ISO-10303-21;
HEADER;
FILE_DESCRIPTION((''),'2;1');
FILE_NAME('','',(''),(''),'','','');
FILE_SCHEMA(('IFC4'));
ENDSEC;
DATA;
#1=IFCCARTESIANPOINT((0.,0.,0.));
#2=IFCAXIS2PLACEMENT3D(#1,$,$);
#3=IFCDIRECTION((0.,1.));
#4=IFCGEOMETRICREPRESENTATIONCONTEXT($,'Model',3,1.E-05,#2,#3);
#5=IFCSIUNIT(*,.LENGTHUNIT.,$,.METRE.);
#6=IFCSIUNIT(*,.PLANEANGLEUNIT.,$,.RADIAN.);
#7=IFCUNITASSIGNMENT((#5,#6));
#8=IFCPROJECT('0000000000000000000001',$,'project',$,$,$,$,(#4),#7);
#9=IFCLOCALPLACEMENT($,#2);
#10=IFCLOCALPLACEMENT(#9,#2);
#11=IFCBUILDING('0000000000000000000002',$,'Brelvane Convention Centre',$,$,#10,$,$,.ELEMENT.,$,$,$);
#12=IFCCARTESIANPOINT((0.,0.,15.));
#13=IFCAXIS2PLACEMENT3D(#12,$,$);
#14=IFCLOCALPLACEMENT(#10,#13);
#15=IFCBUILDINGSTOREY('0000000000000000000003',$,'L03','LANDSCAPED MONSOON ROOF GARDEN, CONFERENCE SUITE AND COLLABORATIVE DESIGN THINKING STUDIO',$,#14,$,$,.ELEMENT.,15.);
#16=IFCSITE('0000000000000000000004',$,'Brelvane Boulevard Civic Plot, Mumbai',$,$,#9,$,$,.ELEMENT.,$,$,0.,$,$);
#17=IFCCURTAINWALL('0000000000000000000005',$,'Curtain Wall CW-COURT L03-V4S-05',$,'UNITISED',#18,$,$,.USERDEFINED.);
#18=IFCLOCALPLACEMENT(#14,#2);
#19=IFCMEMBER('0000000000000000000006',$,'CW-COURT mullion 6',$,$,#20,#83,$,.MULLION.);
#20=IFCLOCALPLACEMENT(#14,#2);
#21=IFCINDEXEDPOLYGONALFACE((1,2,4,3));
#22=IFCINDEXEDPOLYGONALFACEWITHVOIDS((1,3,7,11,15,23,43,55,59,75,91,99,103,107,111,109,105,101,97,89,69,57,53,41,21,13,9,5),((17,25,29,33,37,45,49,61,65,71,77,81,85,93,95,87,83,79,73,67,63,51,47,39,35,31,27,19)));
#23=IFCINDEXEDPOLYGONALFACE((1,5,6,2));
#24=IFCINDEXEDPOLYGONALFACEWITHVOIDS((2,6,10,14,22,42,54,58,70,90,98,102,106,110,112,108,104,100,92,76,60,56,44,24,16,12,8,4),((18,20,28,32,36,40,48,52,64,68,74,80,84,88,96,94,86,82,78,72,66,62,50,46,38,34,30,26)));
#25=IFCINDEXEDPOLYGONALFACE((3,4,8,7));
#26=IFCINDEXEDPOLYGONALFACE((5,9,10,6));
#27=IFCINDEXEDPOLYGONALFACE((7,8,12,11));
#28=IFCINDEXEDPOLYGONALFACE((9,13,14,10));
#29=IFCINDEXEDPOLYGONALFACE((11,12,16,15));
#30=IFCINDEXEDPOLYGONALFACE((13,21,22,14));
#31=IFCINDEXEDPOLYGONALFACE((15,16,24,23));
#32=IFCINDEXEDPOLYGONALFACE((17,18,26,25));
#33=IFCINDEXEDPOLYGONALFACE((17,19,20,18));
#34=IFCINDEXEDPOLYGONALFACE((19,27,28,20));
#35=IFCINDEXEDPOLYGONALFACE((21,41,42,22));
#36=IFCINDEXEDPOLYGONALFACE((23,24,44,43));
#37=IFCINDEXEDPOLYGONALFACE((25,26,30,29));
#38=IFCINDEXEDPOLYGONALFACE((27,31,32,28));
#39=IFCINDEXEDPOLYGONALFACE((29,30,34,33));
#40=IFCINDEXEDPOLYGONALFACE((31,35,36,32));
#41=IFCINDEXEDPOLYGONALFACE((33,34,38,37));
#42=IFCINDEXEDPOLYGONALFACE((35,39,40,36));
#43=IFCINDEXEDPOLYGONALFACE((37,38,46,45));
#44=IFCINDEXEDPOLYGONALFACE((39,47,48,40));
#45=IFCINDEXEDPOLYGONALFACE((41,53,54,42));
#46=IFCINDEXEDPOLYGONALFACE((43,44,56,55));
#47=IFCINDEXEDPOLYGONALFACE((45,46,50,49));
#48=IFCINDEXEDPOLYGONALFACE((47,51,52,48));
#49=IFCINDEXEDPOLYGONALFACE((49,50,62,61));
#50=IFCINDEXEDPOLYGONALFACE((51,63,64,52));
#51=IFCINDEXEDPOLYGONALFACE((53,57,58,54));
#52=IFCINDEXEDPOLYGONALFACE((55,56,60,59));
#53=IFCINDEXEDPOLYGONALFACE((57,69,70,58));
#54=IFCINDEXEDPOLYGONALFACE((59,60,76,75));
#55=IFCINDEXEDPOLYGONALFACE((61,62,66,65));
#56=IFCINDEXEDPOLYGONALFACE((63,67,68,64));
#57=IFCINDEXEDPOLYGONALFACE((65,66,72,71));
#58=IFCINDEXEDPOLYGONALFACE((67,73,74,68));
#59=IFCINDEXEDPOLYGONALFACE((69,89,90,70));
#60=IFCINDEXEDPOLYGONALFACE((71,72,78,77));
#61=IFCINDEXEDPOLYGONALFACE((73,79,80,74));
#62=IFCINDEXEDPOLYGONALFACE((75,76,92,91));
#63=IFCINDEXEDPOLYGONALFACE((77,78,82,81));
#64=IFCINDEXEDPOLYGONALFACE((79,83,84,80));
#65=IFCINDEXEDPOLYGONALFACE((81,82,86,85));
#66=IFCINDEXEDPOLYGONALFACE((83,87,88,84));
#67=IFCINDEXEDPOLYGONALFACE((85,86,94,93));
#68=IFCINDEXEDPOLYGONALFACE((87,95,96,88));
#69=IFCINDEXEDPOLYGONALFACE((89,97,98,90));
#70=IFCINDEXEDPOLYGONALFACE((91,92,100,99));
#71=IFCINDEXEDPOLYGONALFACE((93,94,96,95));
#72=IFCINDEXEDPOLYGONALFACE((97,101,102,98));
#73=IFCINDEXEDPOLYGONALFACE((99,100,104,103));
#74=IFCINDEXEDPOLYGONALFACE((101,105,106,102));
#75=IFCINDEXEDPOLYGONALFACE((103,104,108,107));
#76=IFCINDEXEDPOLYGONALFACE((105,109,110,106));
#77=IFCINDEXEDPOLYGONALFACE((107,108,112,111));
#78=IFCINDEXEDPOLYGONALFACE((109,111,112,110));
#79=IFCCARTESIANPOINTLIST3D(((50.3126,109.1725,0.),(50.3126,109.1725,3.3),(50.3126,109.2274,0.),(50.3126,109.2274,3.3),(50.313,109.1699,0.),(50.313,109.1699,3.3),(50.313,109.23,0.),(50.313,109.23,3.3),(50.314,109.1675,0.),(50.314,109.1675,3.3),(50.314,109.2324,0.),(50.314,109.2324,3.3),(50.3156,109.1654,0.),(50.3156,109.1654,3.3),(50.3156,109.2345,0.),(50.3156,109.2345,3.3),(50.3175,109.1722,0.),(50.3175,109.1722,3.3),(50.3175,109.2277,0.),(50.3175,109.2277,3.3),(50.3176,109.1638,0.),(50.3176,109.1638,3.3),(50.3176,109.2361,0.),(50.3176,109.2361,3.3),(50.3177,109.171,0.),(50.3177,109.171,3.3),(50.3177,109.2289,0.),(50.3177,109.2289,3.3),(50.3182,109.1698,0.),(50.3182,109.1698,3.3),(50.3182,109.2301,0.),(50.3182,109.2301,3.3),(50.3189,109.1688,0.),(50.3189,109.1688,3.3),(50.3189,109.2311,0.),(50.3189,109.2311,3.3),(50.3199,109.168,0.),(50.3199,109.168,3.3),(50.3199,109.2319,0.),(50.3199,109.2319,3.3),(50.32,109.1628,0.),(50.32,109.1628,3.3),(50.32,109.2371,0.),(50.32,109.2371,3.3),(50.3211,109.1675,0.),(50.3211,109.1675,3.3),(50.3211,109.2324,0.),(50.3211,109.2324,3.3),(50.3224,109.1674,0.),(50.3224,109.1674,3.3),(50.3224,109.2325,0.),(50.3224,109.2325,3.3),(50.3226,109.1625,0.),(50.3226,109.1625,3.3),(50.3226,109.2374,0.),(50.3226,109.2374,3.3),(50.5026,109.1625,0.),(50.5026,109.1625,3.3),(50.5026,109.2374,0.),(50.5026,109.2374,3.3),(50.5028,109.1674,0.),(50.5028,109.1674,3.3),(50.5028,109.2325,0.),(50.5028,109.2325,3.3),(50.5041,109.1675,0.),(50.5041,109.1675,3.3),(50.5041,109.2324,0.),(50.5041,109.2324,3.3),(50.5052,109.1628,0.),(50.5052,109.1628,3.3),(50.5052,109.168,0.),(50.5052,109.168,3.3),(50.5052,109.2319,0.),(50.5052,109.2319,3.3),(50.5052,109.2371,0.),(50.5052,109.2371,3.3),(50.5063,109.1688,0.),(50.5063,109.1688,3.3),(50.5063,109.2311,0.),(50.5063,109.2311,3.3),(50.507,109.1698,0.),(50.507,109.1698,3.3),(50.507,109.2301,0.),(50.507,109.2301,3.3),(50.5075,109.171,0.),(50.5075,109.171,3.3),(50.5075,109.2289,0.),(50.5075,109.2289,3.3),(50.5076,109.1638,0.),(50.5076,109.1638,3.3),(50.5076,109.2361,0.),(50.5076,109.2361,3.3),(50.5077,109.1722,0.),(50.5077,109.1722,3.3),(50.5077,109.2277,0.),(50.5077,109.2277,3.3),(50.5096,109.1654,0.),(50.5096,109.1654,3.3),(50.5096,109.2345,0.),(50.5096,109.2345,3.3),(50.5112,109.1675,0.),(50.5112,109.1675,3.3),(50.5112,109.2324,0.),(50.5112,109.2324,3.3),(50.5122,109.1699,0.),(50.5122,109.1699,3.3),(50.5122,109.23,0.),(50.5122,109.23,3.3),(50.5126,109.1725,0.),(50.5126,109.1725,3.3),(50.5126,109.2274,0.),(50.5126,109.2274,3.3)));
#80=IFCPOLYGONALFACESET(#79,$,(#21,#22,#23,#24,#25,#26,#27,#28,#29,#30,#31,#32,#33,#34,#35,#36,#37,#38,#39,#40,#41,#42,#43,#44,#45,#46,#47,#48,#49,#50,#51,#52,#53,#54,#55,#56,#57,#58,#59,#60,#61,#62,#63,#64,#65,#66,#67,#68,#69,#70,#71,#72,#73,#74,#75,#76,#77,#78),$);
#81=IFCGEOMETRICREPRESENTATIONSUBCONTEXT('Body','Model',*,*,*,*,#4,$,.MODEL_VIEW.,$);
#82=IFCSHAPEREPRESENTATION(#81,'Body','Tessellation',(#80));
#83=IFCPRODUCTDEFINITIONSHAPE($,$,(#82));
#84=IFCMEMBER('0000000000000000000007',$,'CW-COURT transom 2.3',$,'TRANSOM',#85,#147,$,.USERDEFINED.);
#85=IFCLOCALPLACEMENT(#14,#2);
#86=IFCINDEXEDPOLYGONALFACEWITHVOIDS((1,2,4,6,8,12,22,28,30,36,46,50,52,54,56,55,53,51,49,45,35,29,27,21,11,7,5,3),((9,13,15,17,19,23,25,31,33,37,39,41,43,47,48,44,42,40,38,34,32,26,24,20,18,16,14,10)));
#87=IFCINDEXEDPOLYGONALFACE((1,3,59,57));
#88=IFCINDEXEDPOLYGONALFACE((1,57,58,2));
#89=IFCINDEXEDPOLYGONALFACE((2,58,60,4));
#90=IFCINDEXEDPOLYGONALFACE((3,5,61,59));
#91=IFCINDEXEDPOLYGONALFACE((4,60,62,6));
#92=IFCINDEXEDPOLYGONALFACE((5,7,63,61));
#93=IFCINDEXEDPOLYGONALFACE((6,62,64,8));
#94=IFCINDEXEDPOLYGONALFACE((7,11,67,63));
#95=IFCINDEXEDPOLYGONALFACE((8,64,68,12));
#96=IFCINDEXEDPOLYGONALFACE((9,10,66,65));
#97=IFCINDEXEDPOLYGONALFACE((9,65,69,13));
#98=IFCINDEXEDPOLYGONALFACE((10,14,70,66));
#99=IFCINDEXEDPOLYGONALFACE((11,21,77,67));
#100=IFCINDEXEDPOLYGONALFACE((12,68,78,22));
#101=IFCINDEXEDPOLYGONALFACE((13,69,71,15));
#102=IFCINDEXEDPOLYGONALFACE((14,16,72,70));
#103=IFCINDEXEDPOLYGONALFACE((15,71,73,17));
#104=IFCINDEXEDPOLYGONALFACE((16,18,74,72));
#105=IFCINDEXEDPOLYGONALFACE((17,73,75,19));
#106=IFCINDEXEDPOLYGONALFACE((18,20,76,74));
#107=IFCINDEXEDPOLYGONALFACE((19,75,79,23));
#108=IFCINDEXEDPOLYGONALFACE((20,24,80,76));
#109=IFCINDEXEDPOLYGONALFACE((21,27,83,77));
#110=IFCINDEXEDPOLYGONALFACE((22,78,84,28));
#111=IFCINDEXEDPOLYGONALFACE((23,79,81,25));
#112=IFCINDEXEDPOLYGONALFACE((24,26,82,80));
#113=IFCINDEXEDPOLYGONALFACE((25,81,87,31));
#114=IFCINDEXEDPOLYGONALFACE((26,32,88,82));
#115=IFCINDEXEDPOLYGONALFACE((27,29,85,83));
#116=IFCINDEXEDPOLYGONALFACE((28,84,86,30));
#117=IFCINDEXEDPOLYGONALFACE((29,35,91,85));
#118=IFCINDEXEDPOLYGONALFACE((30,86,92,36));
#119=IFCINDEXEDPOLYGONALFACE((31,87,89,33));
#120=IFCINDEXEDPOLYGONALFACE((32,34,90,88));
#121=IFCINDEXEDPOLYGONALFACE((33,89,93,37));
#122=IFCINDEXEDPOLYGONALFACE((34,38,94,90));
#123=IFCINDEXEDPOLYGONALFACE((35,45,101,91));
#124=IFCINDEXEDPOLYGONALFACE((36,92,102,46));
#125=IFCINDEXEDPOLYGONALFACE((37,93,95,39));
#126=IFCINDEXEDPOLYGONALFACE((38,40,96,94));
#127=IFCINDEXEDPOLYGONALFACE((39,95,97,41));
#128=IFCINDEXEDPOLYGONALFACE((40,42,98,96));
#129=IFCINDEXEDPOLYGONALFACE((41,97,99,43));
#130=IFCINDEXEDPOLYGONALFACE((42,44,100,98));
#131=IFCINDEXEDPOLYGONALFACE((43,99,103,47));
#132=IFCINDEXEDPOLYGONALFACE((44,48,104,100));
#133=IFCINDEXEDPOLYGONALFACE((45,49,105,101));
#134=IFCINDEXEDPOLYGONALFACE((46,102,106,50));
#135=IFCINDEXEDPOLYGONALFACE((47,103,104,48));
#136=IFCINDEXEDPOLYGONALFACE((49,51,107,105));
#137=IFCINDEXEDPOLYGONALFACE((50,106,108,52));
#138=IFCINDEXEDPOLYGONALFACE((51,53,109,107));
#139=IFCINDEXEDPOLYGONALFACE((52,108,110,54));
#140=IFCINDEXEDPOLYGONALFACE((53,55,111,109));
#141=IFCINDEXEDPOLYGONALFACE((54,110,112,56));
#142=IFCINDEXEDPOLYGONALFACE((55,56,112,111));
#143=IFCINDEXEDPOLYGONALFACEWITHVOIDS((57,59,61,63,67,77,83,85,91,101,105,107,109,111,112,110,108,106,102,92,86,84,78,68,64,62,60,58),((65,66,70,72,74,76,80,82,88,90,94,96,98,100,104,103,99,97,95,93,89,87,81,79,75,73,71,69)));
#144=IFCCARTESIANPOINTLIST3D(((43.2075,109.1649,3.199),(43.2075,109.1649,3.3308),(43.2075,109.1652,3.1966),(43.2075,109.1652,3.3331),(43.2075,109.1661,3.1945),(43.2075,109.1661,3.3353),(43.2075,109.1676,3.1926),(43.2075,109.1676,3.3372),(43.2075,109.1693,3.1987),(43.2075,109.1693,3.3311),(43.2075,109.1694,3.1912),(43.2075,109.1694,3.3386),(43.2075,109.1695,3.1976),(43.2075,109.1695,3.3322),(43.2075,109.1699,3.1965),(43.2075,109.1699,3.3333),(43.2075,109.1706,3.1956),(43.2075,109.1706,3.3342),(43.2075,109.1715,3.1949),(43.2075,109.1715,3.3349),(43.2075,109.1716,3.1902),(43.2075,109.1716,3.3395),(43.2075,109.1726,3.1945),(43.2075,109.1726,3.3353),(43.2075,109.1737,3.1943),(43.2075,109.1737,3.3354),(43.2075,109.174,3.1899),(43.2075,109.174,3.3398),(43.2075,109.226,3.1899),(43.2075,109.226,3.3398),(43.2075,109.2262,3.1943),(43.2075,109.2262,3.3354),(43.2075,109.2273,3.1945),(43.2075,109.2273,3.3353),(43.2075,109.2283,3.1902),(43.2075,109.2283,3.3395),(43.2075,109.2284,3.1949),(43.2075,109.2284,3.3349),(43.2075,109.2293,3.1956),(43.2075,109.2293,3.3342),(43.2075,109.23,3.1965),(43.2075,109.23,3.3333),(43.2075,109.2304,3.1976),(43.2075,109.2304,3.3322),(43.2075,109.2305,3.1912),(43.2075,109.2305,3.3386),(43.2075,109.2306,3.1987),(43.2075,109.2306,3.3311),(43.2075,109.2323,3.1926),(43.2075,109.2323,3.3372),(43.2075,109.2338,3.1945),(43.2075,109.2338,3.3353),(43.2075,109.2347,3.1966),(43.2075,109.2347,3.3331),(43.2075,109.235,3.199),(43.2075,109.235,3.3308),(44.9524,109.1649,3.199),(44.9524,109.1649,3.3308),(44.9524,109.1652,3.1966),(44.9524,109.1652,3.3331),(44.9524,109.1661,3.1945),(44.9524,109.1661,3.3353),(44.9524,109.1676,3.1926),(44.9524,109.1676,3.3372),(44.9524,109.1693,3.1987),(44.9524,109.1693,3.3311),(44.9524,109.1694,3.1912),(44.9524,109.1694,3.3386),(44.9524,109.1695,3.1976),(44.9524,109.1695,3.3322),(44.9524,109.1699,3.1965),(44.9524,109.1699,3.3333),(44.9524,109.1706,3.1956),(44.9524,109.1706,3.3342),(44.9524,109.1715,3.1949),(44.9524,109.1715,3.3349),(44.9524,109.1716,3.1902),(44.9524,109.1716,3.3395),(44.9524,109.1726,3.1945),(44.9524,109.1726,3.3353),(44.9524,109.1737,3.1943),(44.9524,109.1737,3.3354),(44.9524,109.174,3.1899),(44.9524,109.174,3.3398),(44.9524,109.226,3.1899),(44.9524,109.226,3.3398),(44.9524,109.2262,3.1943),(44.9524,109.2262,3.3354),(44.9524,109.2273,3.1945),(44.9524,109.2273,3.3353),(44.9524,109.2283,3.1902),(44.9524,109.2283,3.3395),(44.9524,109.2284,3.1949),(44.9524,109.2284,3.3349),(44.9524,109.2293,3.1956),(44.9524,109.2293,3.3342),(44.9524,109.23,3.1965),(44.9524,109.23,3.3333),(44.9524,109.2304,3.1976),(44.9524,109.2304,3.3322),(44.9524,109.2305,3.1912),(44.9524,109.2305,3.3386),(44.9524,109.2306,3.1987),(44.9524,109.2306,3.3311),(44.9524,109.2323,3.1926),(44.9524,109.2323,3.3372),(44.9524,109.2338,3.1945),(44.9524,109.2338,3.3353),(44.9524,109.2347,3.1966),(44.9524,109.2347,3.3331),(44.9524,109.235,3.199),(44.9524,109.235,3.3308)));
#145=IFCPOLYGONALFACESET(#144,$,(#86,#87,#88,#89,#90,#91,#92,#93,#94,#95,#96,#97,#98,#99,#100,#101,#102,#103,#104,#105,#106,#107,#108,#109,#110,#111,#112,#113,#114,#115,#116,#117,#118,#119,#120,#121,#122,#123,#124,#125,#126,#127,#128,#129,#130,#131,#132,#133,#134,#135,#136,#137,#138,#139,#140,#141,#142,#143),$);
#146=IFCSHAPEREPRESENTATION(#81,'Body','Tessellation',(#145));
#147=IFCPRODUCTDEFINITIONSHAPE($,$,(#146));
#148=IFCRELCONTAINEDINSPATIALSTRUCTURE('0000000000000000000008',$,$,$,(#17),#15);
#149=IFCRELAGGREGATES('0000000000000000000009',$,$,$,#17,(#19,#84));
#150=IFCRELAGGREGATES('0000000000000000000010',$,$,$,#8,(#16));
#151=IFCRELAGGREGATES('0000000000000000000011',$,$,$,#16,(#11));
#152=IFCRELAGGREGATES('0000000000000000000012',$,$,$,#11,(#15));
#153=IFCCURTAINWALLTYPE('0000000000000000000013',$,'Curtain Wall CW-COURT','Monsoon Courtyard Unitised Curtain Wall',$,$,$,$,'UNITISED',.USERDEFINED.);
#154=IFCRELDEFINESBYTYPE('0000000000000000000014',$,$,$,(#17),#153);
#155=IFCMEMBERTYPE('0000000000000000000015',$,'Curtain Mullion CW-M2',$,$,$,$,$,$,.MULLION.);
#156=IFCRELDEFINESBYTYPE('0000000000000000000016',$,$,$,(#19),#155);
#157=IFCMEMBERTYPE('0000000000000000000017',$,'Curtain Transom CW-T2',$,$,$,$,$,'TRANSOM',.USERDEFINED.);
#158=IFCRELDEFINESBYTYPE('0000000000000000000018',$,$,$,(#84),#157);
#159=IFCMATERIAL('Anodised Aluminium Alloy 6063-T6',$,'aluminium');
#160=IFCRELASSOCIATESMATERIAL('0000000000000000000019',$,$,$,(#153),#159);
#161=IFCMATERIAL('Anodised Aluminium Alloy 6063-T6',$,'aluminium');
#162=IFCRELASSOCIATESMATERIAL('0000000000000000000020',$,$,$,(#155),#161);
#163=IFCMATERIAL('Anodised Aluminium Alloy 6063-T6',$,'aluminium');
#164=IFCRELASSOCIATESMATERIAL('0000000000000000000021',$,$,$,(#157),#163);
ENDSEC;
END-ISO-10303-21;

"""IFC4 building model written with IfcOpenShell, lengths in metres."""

from ifc_helpers import new_model, si_unit, direction, frame, origin, origin_2d, place, context, subcontext, project, spatial, hollow_rectangle, extrude, material, material_profile, profile_set, type_object, element, aggregate, save


model = new_model("IFC4")

# Units and contexts
model_context = context("Model", 3, precision=1e-05, world=origin(), true_north=direction((0.0, 1.0)))
body_context = subcontext(model_context, "Body", "Model", "MODEL_VIEW")
ifc_project = project(units=[si_unit("LENGTHUNIT", "METRE"), si_unit("PLANEANGLEUNIT", "RADIAN")], contexts=[model_context])

# Site, building, storey
site_placement = place(None, origin())
site = spatial("IfcSite", under=ifc_project, at=site_placement, Name="Brelvane Boulevard Civic Plot, Mumbai", CompositionType="ELEMENT", RefElevation=0.0)
building_placement = place(site_placement, origin())
building = spatial("IfcBuilding", under=site, at=building_placement, Name="Brelvane Convention Centre", CompositionType="ELEMENT")
storey_placement = place(building_placement, frame((0.0, 0.0, 15.0)))
storey = spatial("IfcBuildingStorey", under=building, at=storey_placement, Name="L03", Description="LANDSCAPED MONSOON ROOF GARDEN, CONFERENCE SUITE AND COLLABORATIVE DESIGN THINKING STUDIO", CompositionType="ELEMENT", Elevation=15.0)

# Curtain wall, members
ifc_material_1 = material(Name="Anodised Aluminium Alloy 6063-T6", Category="aluminium")
curtain_wall_type = type_object("IfcCurtainWallType", Name="Curtain Wall CW-COURT", Description="Monsoon Courtyard Unitised Curtain Wall", ElementType="UNITISED", PredefinedType="USERDEFINED", material=ifc_material_1)
curtain_wall_placement = place(storey_placement, origin())
curtain_wall = element("IfcCurtainWall", 1, at=curtain_wall_placement, inside=storey, type_object=curtain_wall_type, Name="Curtain Wall CW-COURT L03-V4S-05", ObjectType="UNITISED", PredefinedType="USERDEFINED")
ifc_material_2 = material(Name="Anodised Aluminium Alloy 6063-T6", Category="aluminium")
ifc_material_profile_1 = material_profile(ifc_material_2, hollow_rectangle(XDim=0.075, YDim=0.2, WallThickness=0.0049, InnerFilletRadius=0.0049, OuterFilletRadius=0.01, at=origin_2d()), Name="ALU-M 200x75x5.0")
ifc_profile_set_1 = profile_set([ifc_material_profile_1], Name="Anodised Aluminium Alloy 6063-T6")
member_type_1 = type_object("IfcMemberType", Name="Curtain Mullion CW-M2", PredefinedType="MULLION", material=ifc_profile_set_1)
member_1_placement = place(storey_placement, frame((50.4126, 109.2, 0.0), z_axis=(0.0, 0.0, 1.0), x_axis=(0.0, 1.0, 0.0)))
member_1 = element("IfcMember", 2, at=member_1_placement, type_object=member_type_1, Name="CW-COURT mullion 6", PredefinedType="MULLION", context=body_context, shape_type="SweptSolid", body=[
    extrude(hollow_rectangle(XDim=0.075, YDim=0.2, WallThickness=0.0049, InnerFilletRadius=0.0049, OuterFilletRadius=0.01, at=origin_2d()), origin(), (0.0, 0.0, 1.0), 3.3),
])
ifc_material_3 = material(Name="Anodised Aluminium Alloy 6063-T6", Category="aluminium")
ifc_material_profile_2 = material_profile(ifc_material_3, hollow_rectangle(XDim=0.0701, YDim=0.1499, WallThickness=0.0044, InnerFilletRadius=0.0044, OuterFilletRadius=0.009, at=origin_2d()), Name="ALU-T 150x70x4.5")
ifc_profile_set_2 = profile_set([ifc_material_profile_2], Name="Anodised Aluminium Alloy 6063-T6")
member_type_2 = type_object("IfcMemberType", Name="Curtain Transom CW-T2", ElementType="TRANSOM", PredefinedType="USERDEFINED", material=ifc_profile_set_2)
member_2_placement = place(storey_placement, frame((43.2075, 109.2, 3.2649), z_axis=(1.0, 0.0, 0.0), x_axis=(0.0, 1.0, 0.0)))
member_2 = element("IfcMember", 3, at=member_2_placement, type_object=member_type_2, Name="CW-COURT transom 2.3", ObjectType="TRANSOM", PredefinedType="USERDEFINED", context=body_context, shape_type="SweptSolid", body=[
    extrude(hollow_rectangle(XDim=0.0701, YDim=0.1499, WallThickness=0.0044, InnerFilletRadius=0.0044, OuterFilletRadius=0.009, at=origin_2d()), origin(), (0.0, 0.0, 1.0), 1.7449),
])

aggregate(curtain_wall, [member_1, member_2])

save(model, "model.ifc")
